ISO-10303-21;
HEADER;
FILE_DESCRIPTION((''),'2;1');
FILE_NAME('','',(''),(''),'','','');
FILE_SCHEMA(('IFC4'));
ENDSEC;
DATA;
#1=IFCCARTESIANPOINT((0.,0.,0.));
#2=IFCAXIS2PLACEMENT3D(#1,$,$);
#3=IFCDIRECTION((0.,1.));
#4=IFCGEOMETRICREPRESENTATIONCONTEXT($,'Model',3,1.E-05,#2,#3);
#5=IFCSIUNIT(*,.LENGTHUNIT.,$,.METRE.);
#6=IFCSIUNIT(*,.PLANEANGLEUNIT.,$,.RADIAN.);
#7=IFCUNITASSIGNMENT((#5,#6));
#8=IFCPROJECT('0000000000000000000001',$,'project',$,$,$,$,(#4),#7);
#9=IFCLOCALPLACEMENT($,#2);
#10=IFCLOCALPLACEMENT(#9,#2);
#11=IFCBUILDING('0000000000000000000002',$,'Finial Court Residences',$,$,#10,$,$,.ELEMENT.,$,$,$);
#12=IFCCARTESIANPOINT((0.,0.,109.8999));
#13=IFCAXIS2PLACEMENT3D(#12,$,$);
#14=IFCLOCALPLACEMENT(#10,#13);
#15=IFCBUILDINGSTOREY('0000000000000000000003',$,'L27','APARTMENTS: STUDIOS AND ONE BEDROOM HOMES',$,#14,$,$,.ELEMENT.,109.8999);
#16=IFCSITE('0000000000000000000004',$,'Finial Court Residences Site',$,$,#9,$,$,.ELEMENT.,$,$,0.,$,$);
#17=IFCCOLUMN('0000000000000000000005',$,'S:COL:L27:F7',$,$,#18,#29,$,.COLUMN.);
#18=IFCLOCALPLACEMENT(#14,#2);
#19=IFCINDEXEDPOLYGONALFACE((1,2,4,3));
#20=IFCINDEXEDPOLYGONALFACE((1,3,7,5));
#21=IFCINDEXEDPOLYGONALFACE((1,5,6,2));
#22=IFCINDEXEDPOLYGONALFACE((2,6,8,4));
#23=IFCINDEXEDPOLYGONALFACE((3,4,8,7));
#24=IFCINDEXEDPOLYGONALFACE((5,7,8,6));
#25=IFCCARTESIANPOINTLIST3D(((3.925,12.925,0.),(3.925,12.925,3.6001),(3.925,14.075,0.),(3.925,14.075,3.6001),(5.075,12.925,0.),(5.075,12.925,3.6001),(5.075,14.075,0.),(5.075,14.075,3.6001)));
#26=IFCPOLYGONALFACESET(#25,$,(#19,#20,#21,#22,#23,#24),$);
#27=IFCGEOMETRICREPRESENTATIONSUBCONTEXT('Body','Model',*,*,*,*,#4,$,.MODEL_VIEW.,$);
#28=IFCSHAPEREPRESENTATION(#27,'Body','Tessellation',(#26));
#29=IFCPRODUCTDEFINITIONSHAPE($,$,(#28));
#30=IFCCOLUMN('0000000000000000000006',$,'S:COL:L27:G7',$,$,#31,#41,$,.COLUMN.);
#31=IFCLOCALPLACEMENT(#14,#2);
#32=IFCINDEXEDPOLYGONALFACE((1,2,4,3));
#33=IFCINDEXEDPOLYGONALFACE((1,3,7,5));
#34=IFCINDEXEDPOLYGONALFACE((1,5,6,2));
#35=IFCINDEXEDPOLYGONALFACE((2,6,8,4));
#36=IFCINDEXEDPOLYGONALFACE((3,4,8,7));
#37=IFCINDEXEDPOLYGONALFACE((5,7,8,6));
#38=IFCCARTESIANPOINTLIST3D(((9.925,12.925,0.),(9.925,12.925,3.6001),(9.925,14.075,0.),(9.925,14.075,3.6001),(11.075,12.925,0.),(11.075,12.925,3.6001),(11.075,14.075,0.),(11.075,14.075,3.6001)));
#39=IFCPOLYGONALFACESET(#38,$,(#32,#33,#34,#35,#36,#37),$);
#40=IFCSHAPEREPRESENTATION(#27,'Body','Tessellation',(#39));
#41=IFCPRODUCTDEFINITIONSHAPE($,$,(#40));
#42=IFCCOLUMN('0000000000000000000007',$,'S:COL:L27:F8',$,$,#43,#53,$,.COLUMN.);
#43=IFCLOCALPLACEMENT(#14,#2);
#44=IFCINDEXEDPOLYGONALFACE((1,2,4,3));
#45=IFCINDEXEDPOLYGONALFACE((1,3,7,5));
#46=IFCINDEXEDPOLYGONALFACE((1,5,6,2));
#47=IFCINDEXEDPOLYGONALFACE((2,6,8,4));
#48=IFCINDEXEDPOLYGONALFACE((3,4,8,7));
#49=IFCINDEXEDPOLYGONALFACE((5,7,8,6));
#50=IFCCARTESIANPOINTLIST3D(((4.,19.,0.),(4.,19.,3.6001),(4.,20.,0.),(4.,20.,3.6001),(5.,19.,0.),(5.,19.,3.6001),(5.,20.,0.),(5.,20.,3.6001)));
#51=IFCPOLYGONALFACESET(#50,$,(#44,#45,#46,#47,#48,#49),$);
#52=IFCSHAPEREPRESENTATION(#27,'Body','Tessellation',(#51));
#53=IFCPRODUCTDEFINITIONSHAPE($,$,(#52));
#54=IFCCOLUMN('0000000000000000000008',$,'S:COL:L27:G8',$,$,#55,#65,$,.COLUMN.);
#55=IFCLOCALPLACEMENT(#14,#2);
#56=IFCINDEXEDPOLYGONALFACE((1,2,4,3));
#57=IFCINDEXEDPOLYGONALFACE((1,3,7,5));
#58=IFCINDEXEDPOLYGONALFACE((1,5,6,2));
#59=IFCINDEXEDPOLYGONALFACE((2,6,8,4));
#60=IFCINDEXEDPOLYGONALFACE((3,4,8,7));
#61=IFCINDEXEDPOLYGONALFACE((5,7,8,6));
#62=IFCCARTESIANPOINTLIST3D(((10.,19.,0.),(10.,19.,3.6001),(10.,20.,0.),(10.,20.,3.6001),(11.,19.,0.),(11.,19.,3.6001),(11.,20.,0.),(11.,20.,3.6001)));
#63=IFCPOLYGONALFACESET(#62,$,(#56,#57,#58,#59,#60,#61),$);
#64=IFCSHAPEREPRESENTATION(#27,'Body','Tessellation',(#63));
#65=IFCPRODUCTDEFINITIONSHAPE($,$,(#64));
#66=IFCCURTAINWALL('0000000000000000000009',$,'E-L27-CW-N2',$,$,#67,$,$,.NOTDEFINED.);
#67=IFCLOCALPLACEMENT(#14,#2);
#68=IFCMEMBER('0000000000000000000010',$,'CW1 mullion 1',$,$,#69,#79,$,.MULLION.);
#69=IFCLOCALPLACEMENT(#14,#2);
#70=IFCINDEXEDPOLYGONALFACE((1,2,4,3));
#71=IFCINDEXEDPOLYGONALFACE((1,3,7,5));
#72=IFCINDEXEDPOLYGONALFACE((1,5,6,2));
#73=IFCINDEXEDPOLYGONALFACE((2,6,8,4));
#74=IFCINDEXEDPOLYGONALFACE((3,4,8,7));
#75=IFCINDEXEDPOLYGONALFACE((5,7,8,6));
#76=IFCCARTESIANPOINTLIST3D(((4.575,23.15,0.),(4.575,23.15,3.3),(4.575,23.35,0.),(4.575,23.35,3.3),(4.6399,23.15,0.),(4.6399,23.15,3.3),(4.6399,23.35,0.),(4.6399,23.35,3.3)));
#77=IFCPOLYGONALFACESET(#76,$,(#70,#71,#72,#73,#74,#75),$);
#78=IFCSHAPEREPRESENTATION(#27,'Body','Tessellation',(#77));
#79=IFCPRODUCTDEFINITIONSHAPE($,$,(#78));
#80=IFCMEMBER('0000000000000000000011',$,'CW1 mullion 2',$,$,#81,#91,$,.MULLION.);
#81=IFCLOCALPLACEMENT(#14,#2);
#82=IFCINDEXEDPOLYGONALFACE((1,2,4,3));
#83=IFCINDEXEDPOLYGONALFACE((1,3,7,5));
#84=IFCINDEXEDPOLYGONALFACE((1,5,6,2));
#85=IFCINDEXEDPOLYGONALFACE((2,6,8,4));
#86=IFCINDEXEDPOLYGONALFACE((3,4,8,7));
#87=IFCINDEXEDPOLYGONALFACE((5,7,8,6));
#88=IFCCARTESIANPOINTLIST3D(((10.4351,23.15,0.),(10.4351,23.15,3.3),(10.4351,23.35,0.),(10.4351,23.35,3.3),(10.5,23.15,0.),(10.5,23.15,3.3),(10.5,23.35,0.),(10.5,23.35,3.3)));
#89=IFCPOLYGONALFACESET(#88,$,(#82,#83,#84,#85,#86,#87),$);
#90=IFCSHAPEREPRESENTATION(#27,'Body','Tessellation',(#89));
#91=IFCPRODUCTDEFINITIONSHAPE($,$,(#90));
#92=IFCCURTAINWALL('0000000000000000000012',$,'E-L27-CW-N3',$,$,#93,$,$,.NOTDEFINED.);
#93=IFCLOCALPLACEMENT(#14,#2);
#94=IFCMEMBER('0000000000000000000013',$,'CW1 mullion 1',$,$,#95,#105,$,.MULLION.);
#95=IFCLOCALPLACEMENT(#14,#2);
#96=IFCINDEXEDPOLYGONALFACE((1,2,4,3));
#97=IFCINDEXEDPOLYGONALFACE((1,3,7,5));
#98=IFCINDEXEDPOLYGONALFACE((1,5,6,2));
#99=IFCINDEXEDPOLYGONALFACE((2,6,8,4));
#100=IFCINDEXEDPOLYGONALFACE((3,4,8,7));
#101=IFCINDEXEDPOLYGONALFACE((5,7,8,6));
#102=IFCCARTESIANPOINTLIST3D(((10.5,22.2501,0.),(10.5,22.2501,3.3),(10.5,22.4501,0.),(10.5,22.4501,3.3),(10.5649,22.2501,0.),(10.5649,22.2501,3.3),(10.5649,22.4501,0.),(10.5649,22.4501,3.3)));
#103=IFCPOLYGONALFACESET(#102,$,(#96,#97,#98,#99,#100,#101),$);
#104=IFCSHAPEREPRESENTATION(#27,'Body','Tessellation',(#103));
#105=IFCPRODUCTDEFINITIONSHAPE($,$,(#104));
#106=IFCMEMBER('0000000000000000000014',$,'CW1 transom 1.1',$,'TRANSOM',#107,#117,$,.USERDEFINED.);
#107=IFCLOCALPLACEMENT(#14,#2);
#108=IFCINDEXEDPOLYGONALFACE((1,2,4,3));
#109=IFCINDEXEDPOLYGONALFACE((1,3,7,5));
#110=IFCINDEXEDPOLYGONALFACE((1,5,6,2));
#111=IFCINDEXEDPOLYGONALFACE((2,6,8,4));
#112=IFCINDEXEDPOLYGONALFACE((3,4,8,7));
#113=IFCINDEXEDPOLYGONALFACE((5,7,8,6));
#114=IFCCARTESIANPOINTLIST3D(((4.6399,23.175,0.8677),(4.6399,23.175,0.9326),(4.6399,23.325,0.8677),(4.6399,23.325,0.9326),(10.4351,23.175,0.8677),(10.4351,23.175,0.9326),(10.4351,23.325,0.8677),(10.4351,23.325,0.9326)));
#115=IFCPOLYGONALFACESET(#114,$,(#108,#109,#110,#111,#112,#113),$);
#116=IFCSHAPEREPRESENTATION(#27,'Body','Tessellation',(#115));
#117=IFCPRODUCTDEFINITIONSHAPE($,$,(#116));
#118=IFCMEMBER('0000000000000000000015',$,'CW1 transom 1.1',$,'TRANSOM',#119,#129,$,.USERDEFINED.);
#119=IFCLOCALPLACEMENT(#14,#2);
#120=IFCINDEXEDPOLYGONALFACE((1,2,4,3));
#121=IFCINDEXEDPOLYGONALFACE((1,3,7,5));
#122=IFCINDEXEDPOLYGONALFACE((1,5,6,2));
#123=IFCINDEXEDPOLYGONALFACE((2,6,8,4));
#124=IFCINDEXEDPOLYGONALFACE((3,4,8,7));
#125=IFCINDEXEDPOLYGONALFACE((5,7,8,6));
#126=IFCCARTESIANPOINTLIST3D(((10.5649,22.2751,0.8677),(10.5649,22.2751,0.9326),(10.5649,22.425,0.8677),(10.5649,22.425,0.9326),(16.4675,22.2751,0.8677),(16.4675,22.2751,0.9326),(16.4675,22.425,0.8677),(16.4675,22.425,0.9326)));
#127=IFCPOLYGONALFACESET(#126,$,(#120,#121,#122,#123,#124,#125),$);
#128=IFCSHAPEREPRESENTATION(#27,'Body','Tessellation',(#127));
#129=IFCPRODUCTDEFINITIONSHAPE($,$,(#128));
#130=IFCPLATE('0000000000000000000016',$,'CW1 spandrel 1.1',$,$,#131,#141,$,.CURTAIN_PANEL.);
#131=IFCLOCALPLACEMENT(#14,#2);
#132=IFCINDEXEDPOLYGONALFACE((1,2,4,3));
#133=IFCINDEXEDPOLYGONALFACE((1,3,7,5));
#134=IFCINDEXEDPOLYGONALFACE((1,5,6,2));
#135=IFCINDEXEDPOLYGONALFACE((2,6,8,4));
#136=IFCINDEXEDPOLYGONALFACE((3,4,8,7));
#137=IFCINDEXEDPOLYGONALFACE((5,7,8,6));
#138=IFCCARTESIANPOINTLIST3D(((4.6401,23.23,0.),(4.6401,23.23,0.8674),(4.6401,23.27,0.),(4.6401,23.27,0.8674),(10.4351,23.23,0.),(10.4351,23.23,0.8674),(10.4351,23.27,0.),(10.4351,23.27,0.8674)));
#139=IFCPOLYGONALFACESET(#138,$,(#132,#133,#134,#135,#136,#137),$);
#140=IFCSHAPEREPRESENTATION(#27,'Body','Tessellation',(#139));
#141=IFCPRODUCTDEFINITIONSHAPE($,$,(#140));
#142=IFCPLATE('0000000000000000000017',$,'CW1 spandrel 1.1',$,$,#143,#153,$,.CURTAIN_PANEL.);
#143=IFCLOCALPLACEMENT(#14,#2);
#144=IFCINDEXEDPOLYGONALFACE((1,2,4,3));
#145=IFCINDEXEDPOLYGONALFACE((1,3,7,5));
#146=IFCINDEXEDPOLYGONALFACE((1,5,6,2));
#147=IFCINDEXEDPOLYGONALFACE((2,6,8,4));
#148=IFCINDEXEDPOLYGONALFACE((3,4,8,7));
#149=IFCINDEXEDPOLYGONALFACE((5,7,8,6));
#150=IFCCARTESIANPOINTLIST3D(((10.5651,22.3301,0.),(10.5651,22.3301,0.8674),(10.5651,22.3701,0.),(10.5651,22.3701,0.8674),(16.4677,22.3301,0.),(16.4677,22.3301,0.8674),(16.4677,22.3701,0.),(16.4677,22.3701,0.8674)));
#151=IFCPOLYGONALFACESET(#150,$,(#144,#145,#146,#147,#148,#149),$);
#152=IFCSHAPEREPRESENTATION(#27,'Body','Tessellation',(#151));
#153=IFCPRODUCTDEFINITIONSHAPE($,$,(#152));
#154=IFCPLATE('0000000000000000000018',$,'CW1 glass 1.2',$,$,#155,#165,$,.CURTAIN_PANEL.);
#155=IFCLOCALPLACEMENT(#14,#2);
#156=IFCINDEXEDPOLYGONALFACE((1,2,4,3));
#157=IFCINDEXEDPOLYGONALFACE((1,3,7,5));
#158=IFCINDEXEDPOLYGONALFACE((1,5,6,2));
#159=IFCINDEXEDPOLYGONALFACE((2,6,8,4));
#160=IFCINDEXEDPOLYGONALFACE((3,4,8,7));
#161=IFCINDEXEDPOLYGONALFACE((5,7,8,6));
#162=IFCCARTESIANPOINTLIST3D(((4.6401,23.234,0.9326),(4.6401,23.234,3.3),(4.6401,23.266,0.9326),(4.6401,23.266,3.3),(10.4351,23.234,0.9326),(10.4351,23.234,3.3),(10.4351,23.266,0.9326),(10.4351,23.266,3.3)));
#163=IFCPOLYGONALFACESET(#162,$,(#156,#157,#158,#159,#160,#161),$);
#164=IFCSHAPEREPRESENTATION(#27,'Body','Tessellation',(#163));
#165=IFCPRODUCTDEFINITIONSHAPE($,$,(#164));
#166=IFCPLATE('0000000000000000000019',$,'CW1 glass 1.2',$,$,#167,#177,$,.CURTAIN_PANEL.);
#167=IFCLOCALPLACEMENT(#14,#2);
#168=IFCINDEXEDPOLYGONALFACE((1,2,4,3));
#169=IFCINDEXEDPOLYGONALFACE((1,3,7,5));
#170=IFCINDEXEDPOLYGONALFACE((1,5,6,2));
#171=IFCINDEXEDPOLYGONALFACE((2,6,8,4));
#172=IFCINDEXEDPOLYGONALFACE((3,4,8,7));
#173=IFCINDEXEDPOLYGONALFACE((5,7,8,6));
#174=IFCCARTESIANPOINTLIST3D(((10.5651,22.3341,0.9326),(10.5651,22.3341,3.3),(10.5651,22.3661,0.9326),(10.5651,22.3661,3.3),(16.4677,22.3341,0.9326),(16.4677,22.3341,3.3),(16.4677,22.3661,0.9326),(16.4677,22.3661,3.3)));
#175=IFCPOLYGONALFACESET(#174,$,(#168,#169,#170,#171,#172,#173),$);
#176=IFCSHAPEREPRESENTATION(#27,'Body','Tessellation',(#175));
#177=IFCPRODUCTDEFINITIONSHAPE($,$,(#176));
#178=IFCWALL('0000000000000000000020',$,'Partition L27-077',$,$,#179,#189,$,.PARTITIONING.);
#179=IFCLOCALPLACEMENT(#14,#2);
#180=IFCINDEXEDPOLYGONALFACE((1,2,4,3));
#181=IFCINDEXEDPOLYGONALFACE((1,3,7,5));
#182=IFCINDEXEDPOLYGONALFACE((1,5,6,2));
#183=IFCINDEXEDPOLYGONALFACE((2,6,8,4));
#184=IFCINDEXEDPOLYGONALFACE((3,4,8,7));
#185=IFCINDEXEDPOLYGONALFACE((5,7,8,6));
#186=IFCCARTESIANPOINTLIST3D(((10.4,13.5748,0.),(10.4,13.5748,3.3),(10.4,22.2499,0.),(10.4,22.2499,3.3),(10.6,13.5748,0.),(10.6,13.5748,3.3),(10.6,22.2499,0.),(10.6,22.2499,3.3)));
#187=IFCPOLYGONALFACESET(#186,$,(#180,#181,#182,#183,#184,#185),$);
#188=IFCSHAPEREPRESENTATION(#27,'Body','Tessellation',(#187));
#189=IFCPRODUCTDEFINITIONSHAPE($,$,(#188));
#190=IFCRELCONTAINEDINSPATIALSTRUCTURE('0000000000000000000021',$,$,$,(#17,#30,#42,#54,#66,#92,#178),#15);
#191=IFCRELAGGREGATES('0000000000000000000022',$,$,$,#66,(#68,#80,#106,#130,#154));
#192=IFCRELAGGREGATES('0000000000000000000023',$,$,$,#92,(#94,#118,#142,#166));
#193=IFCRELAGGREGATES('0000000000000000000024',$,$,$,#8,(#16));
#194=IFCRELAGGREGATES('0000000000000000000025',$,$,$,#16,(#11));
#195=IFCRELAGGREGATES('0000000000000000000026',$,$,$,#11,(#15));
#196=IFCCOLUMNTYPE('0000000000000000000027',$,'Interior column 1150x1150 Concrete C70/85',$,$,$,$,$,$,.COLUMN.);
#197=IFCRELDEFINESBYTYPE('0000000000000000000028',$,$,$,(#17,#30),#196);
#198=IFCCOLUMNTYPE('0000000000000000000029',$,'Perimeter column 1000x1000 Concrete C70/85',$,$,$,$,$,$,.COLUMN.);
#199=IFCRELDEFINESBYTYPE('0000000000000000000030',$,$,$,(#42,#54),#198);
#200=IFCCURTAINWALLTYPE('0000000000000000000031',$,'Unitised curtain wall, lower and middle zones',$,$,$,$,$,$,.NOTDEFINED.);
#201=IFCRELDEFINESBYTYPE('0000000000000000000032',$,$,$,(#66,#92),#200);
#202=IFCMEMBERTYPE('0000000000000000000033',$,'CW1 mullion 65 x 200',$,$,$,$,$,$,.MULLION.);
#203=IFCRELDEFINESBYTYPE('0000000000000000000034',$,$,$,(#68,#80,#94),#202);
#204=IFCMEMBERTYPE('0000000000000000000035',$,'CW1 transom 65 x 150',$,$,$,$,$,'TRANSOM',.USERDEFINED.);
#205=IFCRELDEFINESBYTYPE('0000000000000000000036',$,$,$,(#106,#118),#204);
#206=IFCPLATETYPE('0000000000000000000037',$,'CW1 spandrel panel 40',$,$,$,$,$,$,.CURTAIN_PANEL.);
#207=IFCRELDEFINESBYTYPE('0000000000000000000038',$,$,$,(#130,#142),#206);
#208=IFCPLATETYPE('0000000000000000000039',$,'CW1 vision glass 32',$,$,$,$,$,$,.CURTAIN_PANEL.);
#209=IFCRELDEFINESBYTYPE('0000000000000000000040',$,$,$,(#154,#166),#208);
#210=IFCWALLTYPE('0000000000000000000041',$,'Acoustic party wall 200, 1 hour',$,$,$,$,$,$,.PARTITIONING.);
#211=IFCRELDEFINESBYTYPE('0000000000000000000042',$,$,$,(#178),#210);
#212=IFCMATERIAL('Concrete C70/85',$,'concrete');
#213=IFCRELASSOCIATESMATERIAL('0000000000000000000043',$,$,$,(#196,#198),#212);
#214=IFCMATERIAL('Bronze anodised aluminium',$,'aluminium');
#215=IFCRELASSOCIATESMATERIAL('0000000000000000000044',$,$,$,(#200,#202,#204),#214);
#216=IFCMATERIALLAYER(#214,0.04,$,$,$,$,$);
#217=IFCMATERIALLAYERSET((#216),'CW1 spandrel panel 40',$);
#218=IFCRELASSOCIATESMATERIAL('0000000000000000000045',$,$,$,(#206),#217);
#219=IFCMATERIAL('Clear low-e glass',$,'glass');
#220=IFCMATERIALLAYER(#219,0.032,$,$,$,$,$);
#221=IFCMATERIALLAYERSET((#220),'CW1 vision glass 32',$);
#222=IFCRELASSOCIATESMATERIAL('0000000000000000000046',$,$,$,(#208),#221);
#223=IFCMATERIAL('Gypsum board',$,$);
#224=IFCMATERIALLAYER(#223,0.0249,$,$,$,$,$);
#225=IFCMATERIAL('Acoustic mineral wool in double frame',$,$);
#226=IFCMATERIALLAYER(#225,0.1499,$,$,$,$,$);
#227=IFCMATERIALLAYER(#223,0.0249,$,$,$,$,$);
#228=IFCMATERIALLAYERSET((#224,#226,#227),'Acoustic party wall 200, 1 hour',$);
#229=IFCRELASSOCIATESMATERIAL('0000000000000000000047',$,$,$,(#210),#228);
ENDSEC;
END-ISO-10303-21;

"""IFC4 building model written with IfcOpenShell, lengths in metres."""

from ifc_helpers import new_model, si_unit, direction, frame, frame_2d, origin, origin_2d, place, context, subcontext, project, spatial, rectangle, extrude, material, layer, layer_set, material_profile, profile_set, type_object, element, aggregate, save


model = new_model("IFC4")

# Units and contexts
model_context = context("Model", 3, precision=1e-05, world=origin(), true_north=direction((0.0, 1.0)))
body_context = subcontext(model_context, "Body", "Model", "MODEL_VIEW")
ifc_project = project(units=[si_unit("LENGTHUNIT", "METRE"), si_unit("PLANEANGLEUNIT", "RADIAN")], contexts=[model_context])

# Site, building, storey
site_placement = place(None, origin())
site = spatial("IfcSite", under=ifc_project, at=site_placement, Name="Finial Court Residences Site", CompositionType="ELEMENT", RefElevation=0.0)
building_placement = place(site_placement, origin())
building = spatial("IfcBuilding", under=site, at=building_placement, Name="Finial Court Residences", CompositionType="ELEMENT")
storey_placement = place(building_placement, frame((0.0, 0.0, 109.8999)))
storey = spatial("IfcBuildingStorey", under=building, at=storey_placement, Name="L27", Description="APARTMENTS: STUDIOS AND ONE BEDROOM HOMES", CompositionType="ELEMENT", Elevation=109.8999)

# Columns
ifc_material_1 = material(Name="Concrete C70/85", Category="concrete")
ifc_material_profile_1 = material_profile(ifc_material_1, rectangle(XDim=1.1499, YDim=1.1499, at=origin_2d()), Name="1150x1150")
ifc_profile_set_1 = profile_set([ifc_material_profile_1], Name="Concrete C70/85")
column_type_1 = type_object("IfcColumnType", Name="Interior column 1150x1150 Concrete C70/85", PredefinedType="COLUMN", material=ifc_profile_set_1)
for number, where, z_axis, x_axis, name in (
    (1, (4.5, 13.5, 0.0), (0.0, 0.0, 1.0), (1.0, 0.0, 0.0), "S:COL:L27:F7"),
    (2, (10.5, 13.5, 0.0), (0.0, 0.0, 1.0), (1.0, 0.0, 0.0), "S:COL:L27:G7"),
):
    element("IfcColumn", number, at=place(storey_placement, frame(where, z_axis=z_axis, x_axis=x_axis)), inside=storey, type_object=column_type_1, Name=name, PredefinedType="COLUMN", context=body_context, shape_type="SweptSolid", body=[
        extrude(rectangle(XDim=1.1499, YDim=1.1499, at=origin_2d()), origin(), (0.0, 0.0, 1.0), 3.6001),
    ])
ifc_material_profile_2 = material_profile(ifc_material_1, rectangle(XDim=1.0, YDim=1.0, at=origin_2d()), Name="1000x1000")
ifc_profile_set_2 = profile_set([ifc_material_profile_2], Name="Concrete C70/85")
column_type_2 = type_object("IfcColumnType", Name="Perimeter column 1000x1000 Concrete C70/85", PredefinedType="COLUMN", material=ifc_profile_set_2)
for number, where, z_axis, x_axis, name in (
    (3, (4.5, 19.5, 0.0), (0.0, 0.0, 1.0), (1.0, 0.0, 0.0), "S:COL:L27:F8"),
    (4, (10.5, 19.5, 0.0), (0.0, 0.0, 1.0), (1.0, 0.0, 0.0), "S:COL:L27:G8"),
):
    element("IfcColumn", number, at=place(storey_placement, frame(where, z_axis=z_axis, x_axis=x_axis)), inside=storey, type_object=column_type_2, Name=name, PredefinedType="COLUMN", context=body_context, shape_type="SweptSolid", body=[
        extrude(rectangle(XDim=1.0, YDim=1.0, at=origin_2d()), origin(), (0.0, 0.0, 1.0), 3.6001),
    ])

# Curtain wall, members
ifc_material_2 = material(Name="Bronze anodised aluminium", Category="aluminium")
curtain_wall_type = type_object("IfcCurtainWallType", Name="Unitised curtain wall, lower and middle zones", PredefinedType="NOTDEFINED", material=ifc_material_2)
curtain_wall_1_placement = place(storey_placement, origin())
curtain_wall_1 = element("IfcCurtainWall", 5, at=curtain_wall_1_placement, inside=storey, type_object=curtain_wall_type, Name="E-L27-CW-N2", PredefinedType="NOTDEFINED")
ifc_material_profile_3 = material_profile(ifc_material_2, rectangle(XDim=0.2, YDim=0.0649, at=origin_2d()), Name="CW1 mullion 65 x 200")
ifc_profile_set_3 = profile_set([ifc_material_profile_3], Name="Bronze anodised aluminium")
member_type_1 = type_object("IfcMemberType", Name="CW1 mullion 65 x 200", PredefinedType="MULLION", material=ifc_profile_set_3)
member_1_placement = place(storey_placement, frame((4.6074, 23.25, 0.0), z_axis=(0.0, 0.0, 1.0), x_axis=(0.0, 1.0, 0.0)))
member_1 = element("IfcMember", 6, at=member_1_placement, type_object=member_type_1, Name="CW1 mullion 1", PredefinedType="MULLION", context=body_context, shape_type="SweptSolid", body=[
    extrude(rectangle(XDim=0.2, YDim=0.0649, at=origin_2d()), origin(), (0.0, 0.0, 1.0), 3.3),
])
member_2_placement = place(storey_placement, frame((10.4675, 23.25, 0.0), z_axis=(0.0, 0.0, 1.0), x_axis=(0.0, 1.0, 0.0)))
member_2 = element("IfcMember", 7, at=member_2_placement, type_object=member_type_1, Name="CW1 mullion 2", PredefinedType="MULLION", context=body_context, shape_type="SweptSolid", body=[
    extrude(rectangle(XDim=0.2, YDim=0.0649, at=origin_2d()), origin(), (0.0, 0.0, 1.0), 3.3),
])

# Curtain wall, member
curtain_wall_2_placement = place(storey_placement, origin())
curtain_wall_2 = element("IfcCurtainWall", 8, at=curtain_wall_2_placement, inside=storey, type_object=curtain_wall_type, Name="E-L27-CW-N3", PredefinedType="NOTDEFINED")
member_3_placement = place(storey_placement, frame((10.5325, 22.3501, 0.0), z_axis=(0.0, 0.0, 1.0), x_axis=(0.0, 1.0, 0.0)))
member_3 = element("IfcMember", 9, at=member_3_placement, type_object=member_type_1, Name="CW1 mullion 1", PredefinedType="MULLION", context=body_context, shape_type="SweptSolid", body=[
    extrude(rectangle(XDim=0.2, YDim=0.0649, at=origin_2d()), origin(), (0.0, 0.0, 1.0), 3.3),
])

# Members
ifc_material_profile_4 = material_profile(ifc_material_2, rectangle(XDim=0.1499, YDim=0.0649, at=origin_2d()), Name="CW1 transom 65 x 150")
ifc_profile_set_4 = profile_set([ifc_material_profile_4], Name="Bronze anodised aluminium")
member_type_2 = type_object("IfcMemberType", Name="CW1 transom 65 x 150", ElementType="TRANSOM", PredefinedType="USERDEFINED", material=ifc_profile_set_4)
member_4_placement = place(storey_placement, frame((4.6399, 23.25, 0.9001), z_axis=(1.0, 0.0, 0.0), x_axis=(0.0, 1.0, 0.0)))
member_4 = element("IfcMember", 10, at=member_4_placement, type_object=member_type_2, Name="CW1 transom 1.1", ObjectType="TRANSOM", PredefinedType="USERDEFINED", context=body_context, shape_type="SweptSolid", body=[
    extrude(rectangle(XDim=0.1499, YDim=0.0649, at=origin_2d()), origin(), (0.0, 0.0, 1.0), 5.7952),
])
member_5_placement = place(storey_placement, frame((10.5649, 22.3501, 0.9001), z_axis=(1.0, 0.0, 0.0), x_axis=(0.0, 1.0, 0.0)))
member_5 = element("IfcMember", 11, at=member_5_placement, type_object=member_type_2, Name="CW1 transom 1.1", ObjectType="TRANSOM", PredefinedType="USERDEFINED", context=body_context, shape_type="SweptSolid", body=[
    extrude(rectangle(XDim=0.1499, YDim=0.0649, at=origin_2d()), origin(), (0.0, 0.0, 1.0), 5.9026),
])

# Plates
ifc_layer_1 = layer(ifc_material_2, 0.04)
ifc_layer_set_1 = layer_set([ifc_layer_1], Name="CW1 spandrel panel 40")
plate_type_1 = type_object("IfcPlateType", Name="CW1 spandrel panel 40", PredefinedType="CURTAIN_PANEL", material=ifc_layer_set_1)
plate_1_placement = place(storey_placement, frame((7.5376, 23.25, 0.0), z_axis=(0.0, 0.0, 1.0), x_axis=(1.0, 0.0, 0.0)))
plate_1 = element("IfcPlate", 12, at=plate_1_placement, type_object=plate_type_1, Name="CW1 spandrel 1.1", PredefinedType="CURTAIN_PANEL", context=body_context, shape_type="SweptSolid", body=[
    extrude(rectangle(XDim=5.7949, YDim=0.04, at=origin_2d()), origin(), (0.0, 0.0, 1.0), 0.8674),
])
plate_2_placement = place(storey_placement, frame((13.5164, 22.3501, 0.0), z_axis=(0.0, 0.0, 1.0), x_axis=(1.0, 0.0, 0.0)))
plate_2 = element("IfcPlate", 13, at=plate_2_placement, type_object=plate_type_1, Name="CW1 spandrel 1.1", PredefinedType="CURTAIN_PANEL", context=body_context, shape_type="SweptSolid", body=[
    extrude(rectangle(XDim=5.9026, YDim=0.04, at=origin_2d()), origin(), (0.0, 0.0, 1.0), 0.8674),
])
ifc_material_3 = material(Name="Clear low-e glass", Category="glass")
ifc_layer_2 = layer(ifc_material_3, 0.032)
ifc_layer_set_2 = layer_set([ifc_layer_2], Name="CW1 vision glass 32")
plate_type_2 = type_object("IfcPlateType", Name="CW1 vision glass 32", PredefinedType="CURTAIN_PANEL", material=ifc_layer_set_2)
plate_3_placement = place(storey_placement, frame((7.5376, 23.25, 0.9326), z_axis=(0.0, 0.0, 1.0), x_axis=(1.0, 0.0, 0.0)))
plate_3 = element("IfcPlate", 14, at=plate_3_placement, type_object=plate_type_2, Name="CW1 glass 1.2", PredefinedType="CURTAIN_PANEL", context=body_context, shape_type="SweptSolid", body=[
    extrude(rectangle(XDim=5.7949, YDim=0.032, at=origin_2d()), origin(), (0.0, 0.0, 1.0), 2.3674),
])
aggregate(curtain_wall_1, [member_1, member_2, member_4, plate_1, plate_3])
plate_4_placement = place(storey_placement, frame((13.5164, 22.3501, 0.9326), z_axis=(0.0, 0.0, 1.0), x_axis=(1.0, 0.0, 0.0)))
plate_4 = element("IfcPlate", 15, at=plate_4_placement, type_object=plate_type_2, Name="CW1 glass 1.2", PredefinedType="CURTAIN_PANEL", context=body_context, shape_type="SweptSolid", body=[
    extrude(rectangle(XDim=5.9026, YDim=0.032, at=origin_2d()), origin(), (0.0, 0.0, 1.0), 2.3674),
])
aggregate(curtain_wall_2, [member_3, member_5, plate_2, plate_4])

# Wall
ifc_material_4 = material(Name="Gypsum board")
ifc_layer_3 = layer(ifc_material_4, 0.0249)
ifc_material_5 = material(Name="Acoustic mineral wool in double frame")
ifc_layer_4 = layer(ifc_material_5, 0.1499)
ifc_layer_5 = layer(ifc_material_4, 0.0249)
ifc_layer_set_3 = layer_set([ifc_layer_3, ifc_layer_4, ifc_layer_5], Name="Acoustic party wall 200, 1 hour")
wall_type_1 = type_object("IfcWallType", Name="Acoustic party wall 200, 1 hour", PredefinedType="PARTITIONING", material=ifc_layer_set_3)
wall_1_placement = place(storey_placement, frame((10.5, 13.575, 0.0), z_axis=(0.0, 0.0, 1.0), x_axis=(0.0, 1.0, 0.0)))
element("IfcWall", 16, at=wall_1_placement, inside=storey, type_object=wall_type_1, Name="Partition L27-077", PredefinedType="PARTITIONING", context=body_context, shape_type="SweptSolid", body=[
    extrude(rectangle(XDim=8.675, YDim=0.2, at=frame_2d((4.3374, 0.0))), origin(), (0.0, 0.0, 1.0), 3.3),
])

save(model, "model.ifc")
